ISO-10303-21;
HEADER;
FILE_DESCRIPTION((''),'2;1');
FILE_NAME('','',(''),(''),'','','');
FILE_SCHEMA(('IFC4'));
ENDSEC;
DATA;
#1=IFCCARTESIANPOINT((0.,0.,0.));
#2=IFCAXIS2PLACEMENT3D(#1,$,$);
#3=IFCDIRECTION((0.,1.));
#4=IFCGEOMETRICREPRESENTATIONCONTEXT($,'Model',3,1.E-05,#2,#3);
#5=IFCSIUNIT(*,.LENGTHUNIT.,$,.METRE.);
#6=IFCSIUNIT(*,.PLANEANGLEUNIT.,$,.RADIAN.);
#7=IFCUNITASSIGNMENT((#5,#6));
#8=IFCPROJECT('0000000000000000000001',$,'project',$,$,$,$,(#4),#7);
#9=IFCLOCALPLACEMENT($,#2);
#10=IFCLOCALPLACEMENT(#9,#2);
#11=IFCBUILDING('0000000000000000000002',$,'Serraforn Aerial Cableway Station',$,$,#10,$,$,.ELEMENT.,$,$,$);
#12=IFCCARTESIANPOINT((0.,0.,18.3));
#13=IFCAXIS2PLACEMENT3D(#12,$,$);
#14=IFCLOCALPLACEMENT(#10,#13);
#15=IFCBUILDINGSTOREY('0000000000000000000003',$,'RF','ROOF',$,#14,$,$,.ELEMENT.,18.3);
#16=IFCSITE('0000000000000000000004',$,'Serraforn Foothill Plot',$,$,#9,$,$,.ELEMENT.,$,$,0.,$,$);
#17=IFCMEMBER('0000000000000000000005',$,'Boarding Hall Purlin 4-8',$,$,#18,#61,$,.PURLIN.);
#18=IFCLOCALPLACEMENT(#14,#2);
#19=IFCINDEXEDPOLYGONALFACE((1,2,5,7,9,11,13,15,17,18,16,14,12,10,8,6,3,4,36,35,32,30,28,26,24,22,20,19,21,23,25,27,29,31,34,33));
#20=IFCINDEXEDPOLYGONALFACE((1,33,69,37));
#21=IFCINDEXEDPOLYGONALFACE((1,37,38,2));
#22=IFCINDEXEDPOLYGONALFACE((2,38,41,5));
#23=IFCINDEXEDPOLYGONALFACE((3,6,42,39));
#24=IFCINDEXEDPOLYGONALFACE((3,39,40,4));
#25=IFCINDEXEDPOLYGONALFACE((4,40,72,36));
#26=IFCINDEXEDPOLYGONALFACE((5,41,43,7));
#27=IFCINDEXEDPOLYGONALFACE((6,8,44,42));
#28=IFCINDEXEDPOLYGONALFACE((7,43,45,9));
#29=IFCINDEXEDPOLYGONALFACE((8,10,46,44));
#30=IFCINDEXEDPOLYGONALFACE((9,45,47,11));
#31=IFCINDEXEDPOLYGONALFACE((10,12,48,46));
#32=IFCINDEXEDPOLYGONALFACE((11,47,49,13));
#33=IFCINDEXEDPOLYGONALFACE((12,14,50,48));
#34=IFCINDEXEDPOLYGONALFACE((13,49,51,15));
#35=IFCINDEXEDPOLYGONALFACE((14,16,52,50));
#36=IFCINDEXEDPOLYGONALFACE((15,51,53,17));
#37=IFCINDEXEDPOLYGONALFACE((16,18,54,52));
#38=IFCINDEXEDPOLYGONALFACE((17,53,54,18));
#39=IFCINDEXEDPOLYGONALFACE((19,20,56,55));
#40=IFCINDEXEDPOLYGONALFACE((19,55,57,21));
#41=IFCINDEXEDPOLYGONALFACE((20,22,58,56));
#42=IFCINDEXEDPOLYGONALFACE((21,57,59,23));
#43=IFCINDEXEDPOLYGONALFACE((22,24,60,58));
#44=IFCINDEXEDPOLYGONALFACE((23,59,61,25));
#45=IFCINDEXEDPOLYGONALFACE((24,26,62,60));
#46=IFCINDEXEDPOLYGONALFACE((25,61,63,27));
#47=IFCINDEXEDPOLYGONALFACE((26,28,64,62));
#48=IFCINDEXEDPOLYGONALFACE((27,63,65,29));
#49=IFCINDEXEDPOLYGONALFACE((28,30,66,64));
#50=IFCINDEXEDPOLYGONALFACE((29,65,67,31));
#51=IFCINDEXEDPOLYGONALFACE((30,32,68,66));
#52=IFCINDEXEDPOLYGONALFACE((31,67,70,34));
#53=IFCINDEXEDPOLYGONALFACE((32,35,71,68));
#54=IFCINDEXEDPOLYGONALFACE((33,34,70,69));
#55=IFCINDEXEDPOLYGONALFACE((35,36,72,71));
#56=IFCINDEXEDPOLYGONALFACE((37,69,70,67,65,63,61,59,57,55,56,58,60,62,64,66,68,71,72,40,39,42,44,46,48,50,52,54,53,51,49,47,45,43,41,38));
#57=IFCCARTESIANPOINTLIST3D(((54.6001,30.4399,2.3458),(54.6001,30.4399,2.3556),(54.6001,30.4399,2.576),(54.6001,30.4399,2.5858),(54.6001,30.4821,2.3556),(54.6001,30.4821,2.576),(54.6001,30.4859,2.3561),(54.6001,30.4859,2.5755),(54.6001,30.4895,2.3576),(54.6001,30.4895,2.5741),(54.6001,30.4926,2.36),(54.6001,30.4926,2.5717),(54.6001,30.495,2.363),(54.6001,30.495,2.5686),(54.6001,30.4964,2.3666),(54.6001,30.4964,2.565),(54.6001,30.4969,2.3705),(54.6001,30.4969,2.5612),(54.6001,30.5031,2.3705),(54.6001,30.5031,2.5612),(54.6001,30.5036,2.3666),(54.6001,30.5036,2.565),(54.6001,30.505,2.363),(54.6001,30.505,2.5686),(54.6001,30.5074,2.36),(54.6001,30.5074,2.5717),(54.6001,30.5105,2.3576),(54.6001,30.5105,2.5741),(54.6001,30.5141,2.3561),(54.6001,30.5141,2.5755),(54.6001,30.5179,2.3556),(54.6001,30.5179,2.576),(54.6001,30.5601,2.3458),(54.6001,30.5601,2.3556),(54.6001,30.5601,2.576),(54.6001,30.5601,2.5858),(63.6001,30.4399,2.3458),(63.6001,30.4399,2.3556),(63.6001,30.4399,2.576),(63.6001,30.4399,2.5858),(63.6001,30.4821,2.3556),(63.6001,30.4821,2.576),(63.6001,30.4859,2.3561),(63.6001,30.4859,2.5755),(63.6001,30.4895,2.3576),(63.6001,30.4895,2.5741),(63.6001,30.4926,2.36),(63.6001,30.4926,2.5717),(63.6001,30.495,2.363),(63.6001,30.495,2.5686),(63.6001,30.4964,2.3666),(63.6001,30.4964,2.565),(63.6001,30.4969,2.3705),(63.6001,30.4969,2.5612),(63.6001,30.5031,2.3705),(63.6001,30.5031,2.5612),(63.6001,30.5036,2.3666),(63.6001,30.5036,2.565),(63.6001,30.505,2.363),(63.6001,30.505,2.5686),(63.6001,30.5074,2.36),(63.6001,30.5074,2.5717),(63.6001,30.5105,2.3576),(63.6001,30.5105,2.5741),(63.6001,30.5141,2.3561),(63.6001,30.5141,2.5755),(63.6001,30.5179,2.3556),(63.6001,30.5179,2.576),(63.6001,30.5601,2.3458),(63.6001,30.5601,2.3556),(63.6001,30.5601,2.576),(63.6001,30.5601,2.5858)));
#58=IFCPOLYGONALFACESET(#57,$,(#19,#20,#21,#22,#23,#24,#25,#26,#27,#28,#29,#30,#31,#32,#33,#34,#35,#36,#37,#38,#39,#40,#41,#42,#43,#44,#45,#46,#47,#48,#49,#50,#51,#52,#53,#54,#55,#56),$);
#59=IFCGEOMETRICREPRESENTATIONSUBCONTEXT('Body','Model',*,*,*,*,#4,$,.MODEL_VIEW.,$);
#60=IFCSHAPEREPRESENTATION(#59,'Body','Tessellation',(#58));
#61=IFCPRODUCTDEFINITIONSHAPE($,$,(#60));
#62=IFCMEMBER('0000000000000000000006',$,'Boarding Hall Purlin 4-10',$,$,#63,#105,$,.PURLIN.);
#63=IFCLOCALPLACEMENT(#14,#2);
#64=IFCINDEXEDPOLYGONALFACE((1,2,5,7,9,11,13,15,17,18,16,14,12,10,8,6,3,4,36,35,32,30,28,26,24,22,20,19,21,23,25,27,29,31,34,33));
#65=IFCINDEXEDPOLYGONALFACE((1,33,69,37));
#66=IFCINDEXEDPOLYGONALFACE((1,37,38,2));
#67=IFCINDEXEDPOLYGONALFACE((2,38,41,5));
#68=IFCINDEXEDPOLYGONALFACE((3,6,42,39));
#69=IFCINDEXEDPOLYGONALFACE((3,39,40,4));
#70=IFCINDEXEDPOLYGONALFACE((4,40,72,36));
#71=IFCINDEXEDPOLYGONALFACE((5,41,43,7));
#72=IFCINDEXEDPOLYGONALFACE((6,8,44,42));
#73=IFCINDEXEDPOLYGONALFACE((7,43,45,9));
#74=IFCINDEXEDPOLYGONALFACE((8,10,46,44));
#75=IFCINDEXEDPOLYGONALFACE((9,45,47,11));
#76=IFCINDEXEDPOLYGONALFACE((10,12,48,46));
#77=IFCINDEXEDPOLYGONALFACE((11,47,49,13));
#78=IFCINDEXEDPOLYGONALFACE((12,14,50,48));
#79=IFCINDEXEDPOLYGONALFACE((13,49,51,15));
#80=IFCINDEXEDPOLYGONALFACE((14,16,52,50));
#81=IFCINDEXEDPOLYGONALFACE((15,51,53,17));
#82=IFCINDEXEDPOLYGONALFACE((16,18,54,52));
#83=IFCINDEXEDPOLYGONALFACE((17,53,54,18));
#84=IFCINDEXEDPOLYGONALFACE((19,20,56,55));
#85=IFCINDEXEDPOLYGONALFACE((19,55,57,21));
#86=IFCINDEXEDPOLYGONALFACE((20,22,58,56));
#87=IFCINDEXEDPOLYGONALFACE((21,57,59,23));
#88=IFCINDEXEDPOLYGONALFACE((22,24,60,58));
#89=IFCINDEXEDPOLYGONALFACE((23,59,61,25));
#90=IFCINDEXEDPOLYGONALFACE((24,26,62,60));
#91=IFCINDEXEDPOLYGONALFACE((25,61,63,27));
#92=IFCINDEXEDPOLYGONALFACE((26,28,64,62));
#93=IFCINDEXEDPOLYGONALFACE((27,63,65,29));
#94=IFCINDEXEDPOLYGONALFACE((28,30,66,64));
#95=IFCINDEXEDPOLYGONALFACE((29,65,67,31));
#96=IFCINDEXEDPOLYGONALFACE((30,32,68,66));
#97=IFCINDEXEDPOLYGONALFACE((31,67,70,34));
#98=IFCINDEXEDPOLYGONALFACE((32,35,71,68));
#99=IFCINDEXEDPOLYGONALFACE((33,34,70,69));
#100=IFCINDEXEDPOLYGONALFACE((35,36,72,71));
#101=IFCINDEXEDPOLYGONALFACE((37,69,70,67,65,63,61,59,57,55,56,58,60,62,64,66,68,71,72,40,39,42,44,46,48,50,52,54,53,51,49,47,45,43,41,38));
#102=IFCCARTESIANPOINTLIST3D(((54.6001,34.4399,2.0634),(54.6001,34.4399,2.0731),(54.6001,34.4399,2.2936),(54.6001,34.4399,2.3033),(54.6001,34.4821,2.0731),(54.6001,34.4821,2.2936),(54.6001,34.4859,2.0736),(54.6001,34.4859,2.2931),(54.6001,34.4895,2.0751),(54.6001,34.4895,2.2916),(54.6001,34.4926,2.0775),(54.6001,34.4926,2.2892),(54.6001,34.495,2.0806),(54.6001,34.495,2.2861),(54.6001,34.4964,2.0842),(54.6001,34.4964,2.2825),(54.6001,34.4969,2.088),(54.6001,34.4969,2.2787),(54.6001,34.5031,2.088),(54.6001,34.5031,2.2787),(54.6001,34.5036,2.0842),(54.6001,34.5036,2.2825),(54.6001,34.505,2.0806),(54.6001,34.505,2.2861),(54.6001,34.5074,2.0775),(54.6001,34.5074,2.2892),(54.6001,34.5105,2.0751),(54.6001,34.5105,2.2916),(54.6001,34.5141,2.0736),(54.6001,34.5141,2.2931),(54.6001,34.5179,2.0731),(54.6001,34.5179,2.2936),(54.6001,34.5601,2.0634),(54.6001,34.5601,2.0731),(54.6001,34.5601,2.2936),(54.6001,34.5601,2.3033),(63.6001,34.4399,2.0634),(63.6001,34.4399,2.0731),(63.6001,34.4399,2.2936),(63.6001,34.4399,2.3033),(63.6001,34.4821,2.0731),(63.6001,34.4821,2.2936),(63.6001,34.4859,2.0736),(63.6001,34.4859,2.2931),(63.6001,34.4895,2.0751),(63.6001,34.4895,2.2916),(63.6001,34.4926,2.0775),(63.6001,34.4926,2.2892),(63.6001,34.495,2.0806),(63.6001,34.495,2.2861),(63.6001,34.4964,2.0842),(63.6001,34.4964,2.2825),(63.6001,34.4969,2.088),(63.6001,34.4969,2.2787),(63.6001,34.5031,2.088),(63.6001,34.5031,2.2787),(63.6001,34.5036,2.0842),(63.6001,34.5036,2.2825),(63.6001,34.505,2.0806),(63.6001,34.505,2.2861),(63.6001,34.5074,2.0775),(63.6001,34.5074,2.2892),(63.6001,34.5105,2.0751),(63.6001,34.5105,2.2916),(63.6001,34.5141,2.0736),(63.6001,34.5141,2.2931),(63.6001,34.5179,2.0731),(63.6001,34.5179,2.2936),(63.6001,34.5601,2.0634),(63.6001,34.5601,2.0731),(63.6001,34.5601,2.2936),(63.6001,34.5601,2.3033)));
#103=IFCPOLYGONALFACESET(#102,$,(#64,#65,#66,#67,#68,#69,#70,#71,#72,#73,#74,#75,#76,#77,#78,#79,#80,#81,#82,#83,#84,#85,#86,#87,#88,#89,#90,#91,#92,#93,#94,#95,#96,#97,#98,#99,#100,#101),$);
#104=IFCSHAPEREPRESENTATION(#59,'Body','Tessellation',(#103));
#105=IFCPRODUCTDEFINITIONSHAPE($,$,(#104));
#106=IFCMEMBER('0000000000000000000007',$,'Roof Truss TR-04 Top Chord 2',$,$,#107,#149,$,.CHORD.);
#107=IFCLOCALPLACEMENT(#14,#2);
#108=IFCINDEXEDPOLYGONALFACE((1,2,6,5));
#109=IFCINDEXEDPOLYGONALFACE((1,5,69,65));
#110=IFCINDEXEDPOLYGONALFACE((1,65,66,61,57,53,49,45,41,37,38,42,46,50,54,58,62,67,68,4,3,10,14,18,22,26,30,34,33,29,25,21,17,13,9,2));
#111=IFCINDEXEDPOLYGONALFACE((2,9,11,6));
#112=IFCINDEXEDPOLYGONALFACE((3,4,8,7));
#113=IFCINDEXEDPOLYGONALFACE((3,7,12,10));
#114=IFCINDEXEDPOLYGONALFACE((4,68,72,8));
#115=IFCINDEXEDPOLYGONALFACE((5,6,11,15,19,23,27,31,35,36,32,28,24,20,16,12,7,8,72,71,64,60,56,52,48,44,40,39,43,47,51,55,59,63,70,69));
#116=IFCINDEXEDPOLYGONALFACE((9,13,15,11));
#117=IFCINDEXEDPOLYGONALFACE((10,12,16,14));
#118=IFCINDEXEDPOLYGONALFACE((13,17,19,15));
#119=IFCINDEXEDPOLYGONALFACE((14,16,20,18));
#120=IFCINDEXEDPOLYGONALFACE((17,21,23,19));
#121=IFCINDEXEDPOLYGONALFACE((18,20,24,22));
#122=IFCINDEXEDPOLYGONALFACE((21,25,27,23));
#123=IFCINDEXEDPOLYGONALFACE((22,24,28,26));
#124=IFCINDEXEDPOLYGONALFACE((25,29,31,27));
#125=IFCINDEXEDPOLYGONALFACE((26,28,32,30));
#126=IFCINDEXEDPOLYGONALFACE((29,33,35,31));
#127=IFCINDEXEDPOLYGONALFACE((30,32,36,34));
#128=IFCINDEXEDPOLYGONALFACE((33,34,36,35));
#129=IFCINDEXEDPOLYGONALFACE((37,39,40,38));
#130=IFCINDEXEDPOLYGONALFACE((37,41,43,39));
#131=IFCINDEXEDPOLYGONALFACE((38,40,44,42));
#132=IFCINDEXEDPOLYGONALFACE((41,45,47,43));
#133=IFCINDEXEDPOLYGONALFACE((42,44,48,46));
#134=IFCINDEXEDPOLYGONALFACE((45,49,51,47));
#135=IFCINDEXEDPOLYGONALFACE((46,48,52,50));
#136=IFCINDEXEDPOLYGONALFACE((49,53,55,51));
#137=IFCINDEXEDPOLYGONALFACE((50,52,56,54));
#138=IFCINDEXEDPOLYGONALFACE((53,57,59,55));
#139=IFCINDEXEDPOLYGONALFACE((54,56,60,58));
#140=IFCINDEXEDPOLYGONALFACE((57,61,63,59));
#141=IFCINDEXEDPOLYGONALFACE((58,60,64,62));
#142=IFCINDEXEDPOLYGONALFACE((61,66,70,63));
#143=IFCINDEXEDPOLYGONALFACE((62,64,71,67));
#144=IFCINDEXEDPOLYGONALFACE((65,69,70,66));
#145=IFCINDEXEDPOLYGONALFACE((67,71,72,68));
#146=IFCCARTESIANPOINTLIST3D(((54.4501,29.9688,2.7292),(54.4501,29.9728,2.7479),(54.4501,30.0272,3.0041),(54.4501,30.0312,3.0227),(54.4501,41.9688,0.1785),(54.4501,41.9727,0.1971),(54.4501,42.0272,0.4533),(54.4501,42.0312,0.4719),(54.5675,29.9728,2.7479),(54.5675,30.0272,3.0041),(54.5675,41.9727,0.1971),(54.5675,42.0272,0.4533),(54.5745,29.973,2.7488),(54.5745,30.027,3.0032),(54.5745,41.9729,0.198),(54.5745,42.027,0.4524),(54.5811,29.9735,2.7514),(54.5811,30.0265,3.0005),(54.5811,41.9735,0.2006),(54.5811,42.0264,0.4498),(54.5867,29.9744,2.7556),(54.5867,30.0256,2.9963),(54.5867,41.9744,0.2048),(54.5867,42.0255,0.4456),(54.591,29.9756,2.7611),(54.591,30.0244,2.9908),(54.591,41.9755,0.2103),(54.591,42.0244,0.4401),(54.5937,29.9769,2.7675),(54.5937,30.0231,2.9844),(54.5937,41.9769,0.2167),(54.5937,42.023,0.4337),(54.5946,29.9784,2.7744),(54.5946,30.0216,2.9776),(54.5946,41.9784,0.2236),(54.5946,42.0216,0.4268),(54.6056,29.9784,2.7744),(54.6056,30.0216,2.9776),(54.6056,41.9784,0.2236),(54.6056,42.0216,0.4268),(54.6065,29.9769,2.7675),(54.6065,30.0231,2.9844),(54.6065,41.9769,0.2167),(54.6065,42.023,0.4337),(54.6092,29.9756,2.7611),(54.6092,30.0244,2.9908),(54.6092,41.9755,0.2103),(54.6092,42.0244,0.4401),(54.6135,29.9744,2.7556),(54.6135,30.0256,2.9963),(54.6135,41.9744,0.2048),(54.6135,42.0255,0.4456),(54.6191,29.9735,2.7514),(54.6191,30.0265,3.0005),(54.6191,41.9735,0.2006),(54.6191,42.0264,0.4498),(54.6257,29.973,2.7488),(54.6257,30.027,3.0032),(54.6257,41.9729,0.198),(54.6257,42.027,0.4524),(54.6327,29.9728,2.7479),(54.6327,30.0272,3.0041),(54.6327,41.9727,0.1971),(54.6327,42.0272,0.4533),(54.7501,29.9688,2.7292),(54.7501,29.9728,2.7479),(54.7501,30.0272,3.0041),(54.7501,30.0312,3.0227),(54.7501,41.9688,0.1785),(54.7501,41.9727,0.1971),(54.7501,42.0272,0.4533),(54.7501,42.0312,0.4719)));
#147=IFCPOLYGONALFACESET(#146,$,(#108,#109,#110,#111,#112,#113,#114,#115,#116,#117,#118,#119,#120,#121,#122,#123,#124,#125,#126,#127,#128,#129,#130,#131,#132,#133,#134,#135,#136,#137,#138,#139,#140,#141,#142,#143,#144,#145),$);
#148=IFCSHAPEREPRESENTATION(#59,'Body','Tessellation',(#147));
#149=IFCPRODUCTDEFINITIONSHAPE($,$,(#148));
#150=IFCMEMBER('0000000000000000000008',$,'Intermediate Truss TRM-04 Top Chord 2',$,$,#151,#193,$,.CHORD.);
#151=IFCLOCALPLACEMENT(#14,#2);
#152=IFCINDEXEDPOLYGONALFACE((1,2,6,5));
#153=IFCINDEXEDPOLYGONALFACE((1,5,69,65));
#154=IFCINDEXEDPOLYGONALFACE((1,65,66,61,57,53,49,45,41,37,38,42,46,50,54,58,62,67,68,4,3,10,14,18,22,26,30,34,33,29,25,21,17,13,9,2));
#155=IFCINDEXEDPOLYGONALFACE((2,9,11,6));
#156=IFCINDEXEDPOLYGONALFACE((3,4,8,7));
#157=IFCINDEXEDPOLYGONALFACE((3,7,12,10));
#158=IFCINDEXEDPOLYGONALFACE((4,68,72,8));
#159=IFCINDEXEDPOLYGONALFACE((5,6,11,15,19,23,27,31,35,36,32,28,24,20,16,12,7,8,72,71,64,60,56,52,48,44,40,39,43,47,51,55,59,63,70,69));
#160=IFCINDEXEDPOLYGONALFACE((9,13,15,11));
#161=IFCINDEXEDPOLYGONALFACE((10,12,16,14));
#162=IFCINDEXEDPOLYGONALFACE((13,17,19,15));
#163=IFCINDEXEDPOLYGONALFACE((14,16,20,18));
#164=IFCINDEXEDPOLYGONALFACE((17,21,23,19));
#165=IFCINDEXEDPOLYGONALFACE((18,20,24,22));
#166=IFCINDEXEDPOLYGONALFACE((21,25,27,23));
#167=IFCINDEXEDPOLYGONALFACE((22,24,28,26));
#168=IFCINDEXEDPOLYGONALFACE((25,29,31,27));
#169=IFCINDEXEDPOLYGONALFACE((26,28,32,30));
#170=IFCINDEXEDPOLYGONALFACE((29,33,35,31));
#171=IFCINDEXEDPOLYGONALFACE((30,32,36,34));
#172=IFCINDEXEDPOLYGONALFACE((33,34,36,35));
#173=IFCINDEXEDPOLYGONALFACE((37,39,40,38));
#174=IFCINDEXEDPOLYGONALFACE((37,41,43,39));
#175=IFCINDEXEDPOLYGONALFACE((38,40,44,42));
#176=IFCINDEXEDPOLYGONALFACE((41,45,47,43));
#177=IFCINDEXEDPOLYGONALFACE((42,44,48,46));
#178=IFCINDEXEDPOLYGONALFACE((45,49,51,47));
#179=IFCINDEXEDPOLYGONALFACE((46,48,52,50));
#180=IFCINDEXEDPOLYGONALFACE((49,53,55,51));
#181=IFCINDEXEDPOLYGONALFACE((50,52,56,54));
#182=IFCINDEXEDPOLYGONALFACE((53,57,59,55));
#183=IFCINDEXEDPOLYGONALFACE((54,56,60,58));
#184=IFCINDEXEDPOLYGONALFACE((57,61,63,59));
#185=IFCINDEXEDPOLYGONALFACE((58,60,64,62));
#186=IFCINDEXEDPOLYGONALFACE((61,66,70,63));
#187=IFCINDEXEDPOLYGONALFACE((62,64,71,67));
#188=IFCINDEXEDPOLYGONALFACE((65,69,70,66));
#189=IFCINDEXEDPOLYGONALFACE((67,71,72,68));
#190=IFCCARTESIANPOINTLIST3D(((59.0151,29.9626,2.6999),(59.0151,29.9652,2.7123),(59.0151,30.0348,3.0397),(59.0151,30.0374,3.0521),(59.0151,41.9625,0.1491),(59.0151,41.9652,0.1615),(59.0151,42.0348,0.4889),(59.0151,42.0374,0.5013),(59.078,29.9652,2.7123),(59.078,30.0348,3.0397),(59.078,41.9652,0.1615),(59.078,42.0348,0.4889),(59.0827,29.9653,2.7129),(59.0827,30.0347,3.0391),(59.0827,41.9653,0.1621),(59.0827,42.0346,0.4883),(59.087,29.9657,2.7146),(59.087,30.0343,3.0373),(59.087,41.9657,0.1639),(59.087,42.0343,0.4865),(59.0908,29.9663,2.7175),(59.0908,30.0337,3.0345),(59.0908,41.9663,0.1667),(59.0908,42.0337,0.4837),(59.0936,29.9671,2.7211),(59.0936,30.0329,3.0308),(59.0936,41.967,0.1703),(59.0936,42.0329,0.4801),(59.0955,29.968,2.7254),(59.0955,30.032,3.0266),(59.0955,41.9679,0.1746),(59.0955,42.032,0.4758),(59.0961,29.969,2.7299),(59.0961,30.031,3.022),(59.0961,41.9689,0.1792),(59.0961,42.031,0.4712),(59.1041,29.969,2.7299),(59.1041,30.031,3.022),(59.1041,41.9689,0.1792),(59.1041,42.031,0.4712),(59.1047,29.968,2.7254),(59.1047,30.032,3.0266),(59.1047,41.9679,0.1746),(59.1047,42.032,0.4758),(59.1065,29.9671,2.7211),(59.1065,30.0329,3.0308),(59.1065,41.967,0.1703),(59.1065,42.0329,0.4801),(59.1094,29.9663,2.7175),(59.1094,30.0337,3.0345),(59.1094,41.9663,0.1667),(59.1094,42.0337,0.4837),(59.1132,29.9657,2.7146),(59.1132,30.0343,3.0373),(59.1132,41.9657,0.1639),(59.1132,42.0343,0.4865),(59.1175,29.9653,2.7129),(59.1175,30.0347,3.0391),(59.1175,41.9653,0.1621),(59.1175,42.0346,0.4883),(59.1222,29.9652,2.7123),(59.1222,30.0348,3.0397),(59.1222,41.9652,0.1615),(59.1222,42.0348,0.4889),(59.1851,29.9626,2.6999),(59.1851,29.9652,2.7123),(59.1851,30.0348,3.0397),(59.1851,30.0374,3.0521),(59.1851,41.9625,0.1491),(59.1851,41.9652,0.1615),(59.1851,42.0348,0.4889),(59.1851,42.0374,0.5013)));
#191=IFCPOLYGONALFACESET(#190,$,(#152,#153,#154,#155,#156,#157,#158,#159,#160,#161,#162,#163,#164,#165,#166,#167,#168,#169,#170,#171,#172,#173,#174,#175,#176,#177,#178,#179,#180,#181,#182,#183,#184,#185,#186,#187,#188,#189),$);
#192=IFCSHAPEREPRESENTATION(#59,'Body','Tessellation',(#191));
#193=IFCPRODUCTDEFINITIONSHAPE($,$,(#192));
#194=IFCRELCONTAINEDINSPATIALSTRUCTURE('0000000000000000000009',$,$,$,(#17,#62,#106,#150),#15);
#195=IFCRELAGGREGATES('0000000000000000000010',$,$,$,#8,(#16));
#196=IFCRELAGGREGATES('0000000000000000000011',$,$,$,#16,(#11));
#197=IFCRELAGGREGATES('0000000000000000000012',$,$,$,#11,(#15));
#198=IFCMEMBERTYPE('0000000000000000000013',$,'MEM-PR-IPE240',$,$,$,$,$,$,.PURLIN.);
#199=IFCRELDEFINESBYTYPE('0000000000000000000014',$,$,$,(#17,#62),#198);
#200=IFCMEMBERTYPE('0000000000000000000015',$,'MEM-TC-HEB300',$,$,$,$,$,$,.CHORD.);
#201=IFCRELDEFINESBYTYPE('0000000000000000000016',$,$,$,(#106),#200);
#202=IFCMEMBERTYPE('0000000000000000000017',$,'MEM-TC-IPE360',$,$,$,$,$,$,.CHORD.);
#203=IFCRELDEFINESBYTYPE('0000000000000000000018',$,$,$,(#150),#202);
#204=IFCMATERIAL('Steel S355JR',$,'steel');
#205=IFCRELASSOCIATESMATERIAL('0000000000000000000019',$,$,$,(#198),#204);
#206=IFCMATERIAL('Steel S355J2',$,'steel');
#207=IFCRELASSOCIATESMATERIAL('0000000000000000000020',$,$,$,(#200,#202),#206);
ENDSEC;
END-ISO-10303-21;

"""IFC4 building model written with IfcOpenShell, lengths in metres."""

from ifc_helpers import new_model, si_unit, direction, frame, origin, origin_2d, place, context, subcontext, project, spatial, i_section, extrude, material, material_profile, profile_set, type_object, element, save


model = new_model("IFC4")

# Units and contexts
model_context = context("Model", 3, precision=1e-05, world=origin(), true_north=direction((0.0, 1.0)))
body_context = subcontext(model_context, "Body", "Model", "MODEL_VIEW")
ifc_project = project(units=[si_unit("LENGTHUNIT", "METRE"), si_unit("PLANEANGLEUNIT", "RADIAN")], contexts=[model_context])

# Site, building, storey
site_placement = place(None, origin())
site = spatial("IfcSite", under=ifc_project, at=site_placement, Name="Serraforn Foothill Plot", CompositionType="ELEMENT", RefElevation=0.0)
building_placement = place(site_placement, origin())
building = spatial("IfcBuilding", under=site, at=building_placement, Name="Serraforn Aerial Cableway Station", CompositionType="ELEMENT")
storey_placement = place(building_placement, frame((0.0, 0.0, 18.3)))
storey = spatial("IfcBuildingStorey", under=building, at=storey_placement, Name="RF", Description="ROOF", CompositionType="ELEMENT", Elevation=18.3)

# Members
ifc_material_1 = material(Name="Steel S355J2", Category="steel")
ifc_material_2 = material(Name="Steel S355JR", Category="steel")
ifc_material_profile_1 = material_profile(ifc_material_2, i_section(OverallWidth=0.1201, OverallDepth=0.24, WebThickness=0.0061, FlangeThickness=0.0098, FilletRadius=0.0149, at=origin_2d()), Name="IPE 240")
ifc_profile_set_1 = profile_set([ifc_material_profile_1], Name="Steel S355JR")
member_type_1 = type_object("IfcMemberType", Name="MEM-PR-IPE240", PredefinedType="PURLIN", material=ifc_profile_set_1)
for number, where, z_axis, x_axis, name in (
    (1, (54.6001, 30.5, 2.4658), (1.0, 0.0, 0.0), (0.0, 1.0, 0.0), "Boarding Hall Purlin 4-8"),
    (2, (54.6001, 34.5, 2.1833), (1.0, 0.0, 0.0), (0.0, 1.0, 0.0), "Boarding Hall Purlin 4-10"),
):
    element("IfcMember", number, at=place(storey_placement, frame(where, z_axis=z_axis, x_axis=x_axis)), inside=storey, type_object=member_type_1, Name=name, PredefinedType="PURLIN", context=body_context, shape_type="SweptSolid", body=[
        extrude(i_section(OverallWidth=0.1201, OverallDepth=0.24, WebThickness=0.0061, FlangeThickness=0.0098, FilletRadius=0.0149, at=origin_2d()), origin(), (0.0, 0.0, 1.0), 9.0),
    ])
ifc_material_profile_2 = material_profile(ifc_material_1, i_section(OverallWidth=0.3, OverallDepth=0.3, WebThickness=0.011, FlangeThickness=0.019, FilletRadius=0.0271, at=origin_2d()), Name="HEB 300")
ifc_profile_set_2 = profile_set([ifc_material_profile_2], Name="Steel S355J2")
member_type_2 = type_object("IfcMemberType", Name="MEM-TC-HEB300", PredefinedType="CHORD", material=ifc_profile_set_2)
member_1_placement = place(storey_placement, frame((54.6001, 30.0, 2.876), z_axis=(0.0, 0.978146, -0.20792), x_axis=(-1.0, 0.0, 0.0)))
element("IfcMember", 3, at=member_1_placement, inside=storey, type_object=member_type_2, Name="Roof Truss TR-04 Top Chord 2", PredefinedType="CHORD", context=body_context, shape_type="SweptSolid", body=[
    extrude(i_section(OverallWidth=0.3, OverallDepth=0.3, WebThickness=0.011, FlangeThickness=0.019, FilletRadius=0.0271, at=origin_2d()), origin(), (0.0, 0.0, 1.0), 12.2681),
])
ifc_material_profile_3 = material_profile(ifc_material_1, i_section(OverallWidth=0.1699, OverallDepth=0.3601, WebThickness=0.0081, FlangeThickness=0.0127, FilletRadius=0.0181, at=origin_2d()), Name="IPE 360")
ifc_profile_set_3 = profile_set([ifc_material_profile_3], Name="Steel S355J2")
member_type_3 = type_object("IfcMemberType", Name="MEM-TC-IPE360", PredefinedType="CHORD", material=ifc_profile_set_3)
member_2_placement = place(storey_placement, frame((59.1001, 30.0, 2.876), z_axis=(0.0, 0.978146, -0.20792), x_axis=(-1.0, 0.0, 0.0)))
element("IfcMember", 4, at=member_2_placement, inside=storey, type_object=member_type_3, Name="Intermediate Truss TRM-04 Top Chord 2", PredefinedType="CHORD", context=body_context, shape_type="SweptSolid", body=[
    extrude(i_section(OverallWidth=0.1699, OverallDepth=0.3601, WebThickness=0.0081, FlangeThickness=0.0127, FilletRadius=0.0181, at=origin_2d()), origin(), (0.0, 0.0, 1.0), 12.2681),
])

save(model, "model.ifc")
